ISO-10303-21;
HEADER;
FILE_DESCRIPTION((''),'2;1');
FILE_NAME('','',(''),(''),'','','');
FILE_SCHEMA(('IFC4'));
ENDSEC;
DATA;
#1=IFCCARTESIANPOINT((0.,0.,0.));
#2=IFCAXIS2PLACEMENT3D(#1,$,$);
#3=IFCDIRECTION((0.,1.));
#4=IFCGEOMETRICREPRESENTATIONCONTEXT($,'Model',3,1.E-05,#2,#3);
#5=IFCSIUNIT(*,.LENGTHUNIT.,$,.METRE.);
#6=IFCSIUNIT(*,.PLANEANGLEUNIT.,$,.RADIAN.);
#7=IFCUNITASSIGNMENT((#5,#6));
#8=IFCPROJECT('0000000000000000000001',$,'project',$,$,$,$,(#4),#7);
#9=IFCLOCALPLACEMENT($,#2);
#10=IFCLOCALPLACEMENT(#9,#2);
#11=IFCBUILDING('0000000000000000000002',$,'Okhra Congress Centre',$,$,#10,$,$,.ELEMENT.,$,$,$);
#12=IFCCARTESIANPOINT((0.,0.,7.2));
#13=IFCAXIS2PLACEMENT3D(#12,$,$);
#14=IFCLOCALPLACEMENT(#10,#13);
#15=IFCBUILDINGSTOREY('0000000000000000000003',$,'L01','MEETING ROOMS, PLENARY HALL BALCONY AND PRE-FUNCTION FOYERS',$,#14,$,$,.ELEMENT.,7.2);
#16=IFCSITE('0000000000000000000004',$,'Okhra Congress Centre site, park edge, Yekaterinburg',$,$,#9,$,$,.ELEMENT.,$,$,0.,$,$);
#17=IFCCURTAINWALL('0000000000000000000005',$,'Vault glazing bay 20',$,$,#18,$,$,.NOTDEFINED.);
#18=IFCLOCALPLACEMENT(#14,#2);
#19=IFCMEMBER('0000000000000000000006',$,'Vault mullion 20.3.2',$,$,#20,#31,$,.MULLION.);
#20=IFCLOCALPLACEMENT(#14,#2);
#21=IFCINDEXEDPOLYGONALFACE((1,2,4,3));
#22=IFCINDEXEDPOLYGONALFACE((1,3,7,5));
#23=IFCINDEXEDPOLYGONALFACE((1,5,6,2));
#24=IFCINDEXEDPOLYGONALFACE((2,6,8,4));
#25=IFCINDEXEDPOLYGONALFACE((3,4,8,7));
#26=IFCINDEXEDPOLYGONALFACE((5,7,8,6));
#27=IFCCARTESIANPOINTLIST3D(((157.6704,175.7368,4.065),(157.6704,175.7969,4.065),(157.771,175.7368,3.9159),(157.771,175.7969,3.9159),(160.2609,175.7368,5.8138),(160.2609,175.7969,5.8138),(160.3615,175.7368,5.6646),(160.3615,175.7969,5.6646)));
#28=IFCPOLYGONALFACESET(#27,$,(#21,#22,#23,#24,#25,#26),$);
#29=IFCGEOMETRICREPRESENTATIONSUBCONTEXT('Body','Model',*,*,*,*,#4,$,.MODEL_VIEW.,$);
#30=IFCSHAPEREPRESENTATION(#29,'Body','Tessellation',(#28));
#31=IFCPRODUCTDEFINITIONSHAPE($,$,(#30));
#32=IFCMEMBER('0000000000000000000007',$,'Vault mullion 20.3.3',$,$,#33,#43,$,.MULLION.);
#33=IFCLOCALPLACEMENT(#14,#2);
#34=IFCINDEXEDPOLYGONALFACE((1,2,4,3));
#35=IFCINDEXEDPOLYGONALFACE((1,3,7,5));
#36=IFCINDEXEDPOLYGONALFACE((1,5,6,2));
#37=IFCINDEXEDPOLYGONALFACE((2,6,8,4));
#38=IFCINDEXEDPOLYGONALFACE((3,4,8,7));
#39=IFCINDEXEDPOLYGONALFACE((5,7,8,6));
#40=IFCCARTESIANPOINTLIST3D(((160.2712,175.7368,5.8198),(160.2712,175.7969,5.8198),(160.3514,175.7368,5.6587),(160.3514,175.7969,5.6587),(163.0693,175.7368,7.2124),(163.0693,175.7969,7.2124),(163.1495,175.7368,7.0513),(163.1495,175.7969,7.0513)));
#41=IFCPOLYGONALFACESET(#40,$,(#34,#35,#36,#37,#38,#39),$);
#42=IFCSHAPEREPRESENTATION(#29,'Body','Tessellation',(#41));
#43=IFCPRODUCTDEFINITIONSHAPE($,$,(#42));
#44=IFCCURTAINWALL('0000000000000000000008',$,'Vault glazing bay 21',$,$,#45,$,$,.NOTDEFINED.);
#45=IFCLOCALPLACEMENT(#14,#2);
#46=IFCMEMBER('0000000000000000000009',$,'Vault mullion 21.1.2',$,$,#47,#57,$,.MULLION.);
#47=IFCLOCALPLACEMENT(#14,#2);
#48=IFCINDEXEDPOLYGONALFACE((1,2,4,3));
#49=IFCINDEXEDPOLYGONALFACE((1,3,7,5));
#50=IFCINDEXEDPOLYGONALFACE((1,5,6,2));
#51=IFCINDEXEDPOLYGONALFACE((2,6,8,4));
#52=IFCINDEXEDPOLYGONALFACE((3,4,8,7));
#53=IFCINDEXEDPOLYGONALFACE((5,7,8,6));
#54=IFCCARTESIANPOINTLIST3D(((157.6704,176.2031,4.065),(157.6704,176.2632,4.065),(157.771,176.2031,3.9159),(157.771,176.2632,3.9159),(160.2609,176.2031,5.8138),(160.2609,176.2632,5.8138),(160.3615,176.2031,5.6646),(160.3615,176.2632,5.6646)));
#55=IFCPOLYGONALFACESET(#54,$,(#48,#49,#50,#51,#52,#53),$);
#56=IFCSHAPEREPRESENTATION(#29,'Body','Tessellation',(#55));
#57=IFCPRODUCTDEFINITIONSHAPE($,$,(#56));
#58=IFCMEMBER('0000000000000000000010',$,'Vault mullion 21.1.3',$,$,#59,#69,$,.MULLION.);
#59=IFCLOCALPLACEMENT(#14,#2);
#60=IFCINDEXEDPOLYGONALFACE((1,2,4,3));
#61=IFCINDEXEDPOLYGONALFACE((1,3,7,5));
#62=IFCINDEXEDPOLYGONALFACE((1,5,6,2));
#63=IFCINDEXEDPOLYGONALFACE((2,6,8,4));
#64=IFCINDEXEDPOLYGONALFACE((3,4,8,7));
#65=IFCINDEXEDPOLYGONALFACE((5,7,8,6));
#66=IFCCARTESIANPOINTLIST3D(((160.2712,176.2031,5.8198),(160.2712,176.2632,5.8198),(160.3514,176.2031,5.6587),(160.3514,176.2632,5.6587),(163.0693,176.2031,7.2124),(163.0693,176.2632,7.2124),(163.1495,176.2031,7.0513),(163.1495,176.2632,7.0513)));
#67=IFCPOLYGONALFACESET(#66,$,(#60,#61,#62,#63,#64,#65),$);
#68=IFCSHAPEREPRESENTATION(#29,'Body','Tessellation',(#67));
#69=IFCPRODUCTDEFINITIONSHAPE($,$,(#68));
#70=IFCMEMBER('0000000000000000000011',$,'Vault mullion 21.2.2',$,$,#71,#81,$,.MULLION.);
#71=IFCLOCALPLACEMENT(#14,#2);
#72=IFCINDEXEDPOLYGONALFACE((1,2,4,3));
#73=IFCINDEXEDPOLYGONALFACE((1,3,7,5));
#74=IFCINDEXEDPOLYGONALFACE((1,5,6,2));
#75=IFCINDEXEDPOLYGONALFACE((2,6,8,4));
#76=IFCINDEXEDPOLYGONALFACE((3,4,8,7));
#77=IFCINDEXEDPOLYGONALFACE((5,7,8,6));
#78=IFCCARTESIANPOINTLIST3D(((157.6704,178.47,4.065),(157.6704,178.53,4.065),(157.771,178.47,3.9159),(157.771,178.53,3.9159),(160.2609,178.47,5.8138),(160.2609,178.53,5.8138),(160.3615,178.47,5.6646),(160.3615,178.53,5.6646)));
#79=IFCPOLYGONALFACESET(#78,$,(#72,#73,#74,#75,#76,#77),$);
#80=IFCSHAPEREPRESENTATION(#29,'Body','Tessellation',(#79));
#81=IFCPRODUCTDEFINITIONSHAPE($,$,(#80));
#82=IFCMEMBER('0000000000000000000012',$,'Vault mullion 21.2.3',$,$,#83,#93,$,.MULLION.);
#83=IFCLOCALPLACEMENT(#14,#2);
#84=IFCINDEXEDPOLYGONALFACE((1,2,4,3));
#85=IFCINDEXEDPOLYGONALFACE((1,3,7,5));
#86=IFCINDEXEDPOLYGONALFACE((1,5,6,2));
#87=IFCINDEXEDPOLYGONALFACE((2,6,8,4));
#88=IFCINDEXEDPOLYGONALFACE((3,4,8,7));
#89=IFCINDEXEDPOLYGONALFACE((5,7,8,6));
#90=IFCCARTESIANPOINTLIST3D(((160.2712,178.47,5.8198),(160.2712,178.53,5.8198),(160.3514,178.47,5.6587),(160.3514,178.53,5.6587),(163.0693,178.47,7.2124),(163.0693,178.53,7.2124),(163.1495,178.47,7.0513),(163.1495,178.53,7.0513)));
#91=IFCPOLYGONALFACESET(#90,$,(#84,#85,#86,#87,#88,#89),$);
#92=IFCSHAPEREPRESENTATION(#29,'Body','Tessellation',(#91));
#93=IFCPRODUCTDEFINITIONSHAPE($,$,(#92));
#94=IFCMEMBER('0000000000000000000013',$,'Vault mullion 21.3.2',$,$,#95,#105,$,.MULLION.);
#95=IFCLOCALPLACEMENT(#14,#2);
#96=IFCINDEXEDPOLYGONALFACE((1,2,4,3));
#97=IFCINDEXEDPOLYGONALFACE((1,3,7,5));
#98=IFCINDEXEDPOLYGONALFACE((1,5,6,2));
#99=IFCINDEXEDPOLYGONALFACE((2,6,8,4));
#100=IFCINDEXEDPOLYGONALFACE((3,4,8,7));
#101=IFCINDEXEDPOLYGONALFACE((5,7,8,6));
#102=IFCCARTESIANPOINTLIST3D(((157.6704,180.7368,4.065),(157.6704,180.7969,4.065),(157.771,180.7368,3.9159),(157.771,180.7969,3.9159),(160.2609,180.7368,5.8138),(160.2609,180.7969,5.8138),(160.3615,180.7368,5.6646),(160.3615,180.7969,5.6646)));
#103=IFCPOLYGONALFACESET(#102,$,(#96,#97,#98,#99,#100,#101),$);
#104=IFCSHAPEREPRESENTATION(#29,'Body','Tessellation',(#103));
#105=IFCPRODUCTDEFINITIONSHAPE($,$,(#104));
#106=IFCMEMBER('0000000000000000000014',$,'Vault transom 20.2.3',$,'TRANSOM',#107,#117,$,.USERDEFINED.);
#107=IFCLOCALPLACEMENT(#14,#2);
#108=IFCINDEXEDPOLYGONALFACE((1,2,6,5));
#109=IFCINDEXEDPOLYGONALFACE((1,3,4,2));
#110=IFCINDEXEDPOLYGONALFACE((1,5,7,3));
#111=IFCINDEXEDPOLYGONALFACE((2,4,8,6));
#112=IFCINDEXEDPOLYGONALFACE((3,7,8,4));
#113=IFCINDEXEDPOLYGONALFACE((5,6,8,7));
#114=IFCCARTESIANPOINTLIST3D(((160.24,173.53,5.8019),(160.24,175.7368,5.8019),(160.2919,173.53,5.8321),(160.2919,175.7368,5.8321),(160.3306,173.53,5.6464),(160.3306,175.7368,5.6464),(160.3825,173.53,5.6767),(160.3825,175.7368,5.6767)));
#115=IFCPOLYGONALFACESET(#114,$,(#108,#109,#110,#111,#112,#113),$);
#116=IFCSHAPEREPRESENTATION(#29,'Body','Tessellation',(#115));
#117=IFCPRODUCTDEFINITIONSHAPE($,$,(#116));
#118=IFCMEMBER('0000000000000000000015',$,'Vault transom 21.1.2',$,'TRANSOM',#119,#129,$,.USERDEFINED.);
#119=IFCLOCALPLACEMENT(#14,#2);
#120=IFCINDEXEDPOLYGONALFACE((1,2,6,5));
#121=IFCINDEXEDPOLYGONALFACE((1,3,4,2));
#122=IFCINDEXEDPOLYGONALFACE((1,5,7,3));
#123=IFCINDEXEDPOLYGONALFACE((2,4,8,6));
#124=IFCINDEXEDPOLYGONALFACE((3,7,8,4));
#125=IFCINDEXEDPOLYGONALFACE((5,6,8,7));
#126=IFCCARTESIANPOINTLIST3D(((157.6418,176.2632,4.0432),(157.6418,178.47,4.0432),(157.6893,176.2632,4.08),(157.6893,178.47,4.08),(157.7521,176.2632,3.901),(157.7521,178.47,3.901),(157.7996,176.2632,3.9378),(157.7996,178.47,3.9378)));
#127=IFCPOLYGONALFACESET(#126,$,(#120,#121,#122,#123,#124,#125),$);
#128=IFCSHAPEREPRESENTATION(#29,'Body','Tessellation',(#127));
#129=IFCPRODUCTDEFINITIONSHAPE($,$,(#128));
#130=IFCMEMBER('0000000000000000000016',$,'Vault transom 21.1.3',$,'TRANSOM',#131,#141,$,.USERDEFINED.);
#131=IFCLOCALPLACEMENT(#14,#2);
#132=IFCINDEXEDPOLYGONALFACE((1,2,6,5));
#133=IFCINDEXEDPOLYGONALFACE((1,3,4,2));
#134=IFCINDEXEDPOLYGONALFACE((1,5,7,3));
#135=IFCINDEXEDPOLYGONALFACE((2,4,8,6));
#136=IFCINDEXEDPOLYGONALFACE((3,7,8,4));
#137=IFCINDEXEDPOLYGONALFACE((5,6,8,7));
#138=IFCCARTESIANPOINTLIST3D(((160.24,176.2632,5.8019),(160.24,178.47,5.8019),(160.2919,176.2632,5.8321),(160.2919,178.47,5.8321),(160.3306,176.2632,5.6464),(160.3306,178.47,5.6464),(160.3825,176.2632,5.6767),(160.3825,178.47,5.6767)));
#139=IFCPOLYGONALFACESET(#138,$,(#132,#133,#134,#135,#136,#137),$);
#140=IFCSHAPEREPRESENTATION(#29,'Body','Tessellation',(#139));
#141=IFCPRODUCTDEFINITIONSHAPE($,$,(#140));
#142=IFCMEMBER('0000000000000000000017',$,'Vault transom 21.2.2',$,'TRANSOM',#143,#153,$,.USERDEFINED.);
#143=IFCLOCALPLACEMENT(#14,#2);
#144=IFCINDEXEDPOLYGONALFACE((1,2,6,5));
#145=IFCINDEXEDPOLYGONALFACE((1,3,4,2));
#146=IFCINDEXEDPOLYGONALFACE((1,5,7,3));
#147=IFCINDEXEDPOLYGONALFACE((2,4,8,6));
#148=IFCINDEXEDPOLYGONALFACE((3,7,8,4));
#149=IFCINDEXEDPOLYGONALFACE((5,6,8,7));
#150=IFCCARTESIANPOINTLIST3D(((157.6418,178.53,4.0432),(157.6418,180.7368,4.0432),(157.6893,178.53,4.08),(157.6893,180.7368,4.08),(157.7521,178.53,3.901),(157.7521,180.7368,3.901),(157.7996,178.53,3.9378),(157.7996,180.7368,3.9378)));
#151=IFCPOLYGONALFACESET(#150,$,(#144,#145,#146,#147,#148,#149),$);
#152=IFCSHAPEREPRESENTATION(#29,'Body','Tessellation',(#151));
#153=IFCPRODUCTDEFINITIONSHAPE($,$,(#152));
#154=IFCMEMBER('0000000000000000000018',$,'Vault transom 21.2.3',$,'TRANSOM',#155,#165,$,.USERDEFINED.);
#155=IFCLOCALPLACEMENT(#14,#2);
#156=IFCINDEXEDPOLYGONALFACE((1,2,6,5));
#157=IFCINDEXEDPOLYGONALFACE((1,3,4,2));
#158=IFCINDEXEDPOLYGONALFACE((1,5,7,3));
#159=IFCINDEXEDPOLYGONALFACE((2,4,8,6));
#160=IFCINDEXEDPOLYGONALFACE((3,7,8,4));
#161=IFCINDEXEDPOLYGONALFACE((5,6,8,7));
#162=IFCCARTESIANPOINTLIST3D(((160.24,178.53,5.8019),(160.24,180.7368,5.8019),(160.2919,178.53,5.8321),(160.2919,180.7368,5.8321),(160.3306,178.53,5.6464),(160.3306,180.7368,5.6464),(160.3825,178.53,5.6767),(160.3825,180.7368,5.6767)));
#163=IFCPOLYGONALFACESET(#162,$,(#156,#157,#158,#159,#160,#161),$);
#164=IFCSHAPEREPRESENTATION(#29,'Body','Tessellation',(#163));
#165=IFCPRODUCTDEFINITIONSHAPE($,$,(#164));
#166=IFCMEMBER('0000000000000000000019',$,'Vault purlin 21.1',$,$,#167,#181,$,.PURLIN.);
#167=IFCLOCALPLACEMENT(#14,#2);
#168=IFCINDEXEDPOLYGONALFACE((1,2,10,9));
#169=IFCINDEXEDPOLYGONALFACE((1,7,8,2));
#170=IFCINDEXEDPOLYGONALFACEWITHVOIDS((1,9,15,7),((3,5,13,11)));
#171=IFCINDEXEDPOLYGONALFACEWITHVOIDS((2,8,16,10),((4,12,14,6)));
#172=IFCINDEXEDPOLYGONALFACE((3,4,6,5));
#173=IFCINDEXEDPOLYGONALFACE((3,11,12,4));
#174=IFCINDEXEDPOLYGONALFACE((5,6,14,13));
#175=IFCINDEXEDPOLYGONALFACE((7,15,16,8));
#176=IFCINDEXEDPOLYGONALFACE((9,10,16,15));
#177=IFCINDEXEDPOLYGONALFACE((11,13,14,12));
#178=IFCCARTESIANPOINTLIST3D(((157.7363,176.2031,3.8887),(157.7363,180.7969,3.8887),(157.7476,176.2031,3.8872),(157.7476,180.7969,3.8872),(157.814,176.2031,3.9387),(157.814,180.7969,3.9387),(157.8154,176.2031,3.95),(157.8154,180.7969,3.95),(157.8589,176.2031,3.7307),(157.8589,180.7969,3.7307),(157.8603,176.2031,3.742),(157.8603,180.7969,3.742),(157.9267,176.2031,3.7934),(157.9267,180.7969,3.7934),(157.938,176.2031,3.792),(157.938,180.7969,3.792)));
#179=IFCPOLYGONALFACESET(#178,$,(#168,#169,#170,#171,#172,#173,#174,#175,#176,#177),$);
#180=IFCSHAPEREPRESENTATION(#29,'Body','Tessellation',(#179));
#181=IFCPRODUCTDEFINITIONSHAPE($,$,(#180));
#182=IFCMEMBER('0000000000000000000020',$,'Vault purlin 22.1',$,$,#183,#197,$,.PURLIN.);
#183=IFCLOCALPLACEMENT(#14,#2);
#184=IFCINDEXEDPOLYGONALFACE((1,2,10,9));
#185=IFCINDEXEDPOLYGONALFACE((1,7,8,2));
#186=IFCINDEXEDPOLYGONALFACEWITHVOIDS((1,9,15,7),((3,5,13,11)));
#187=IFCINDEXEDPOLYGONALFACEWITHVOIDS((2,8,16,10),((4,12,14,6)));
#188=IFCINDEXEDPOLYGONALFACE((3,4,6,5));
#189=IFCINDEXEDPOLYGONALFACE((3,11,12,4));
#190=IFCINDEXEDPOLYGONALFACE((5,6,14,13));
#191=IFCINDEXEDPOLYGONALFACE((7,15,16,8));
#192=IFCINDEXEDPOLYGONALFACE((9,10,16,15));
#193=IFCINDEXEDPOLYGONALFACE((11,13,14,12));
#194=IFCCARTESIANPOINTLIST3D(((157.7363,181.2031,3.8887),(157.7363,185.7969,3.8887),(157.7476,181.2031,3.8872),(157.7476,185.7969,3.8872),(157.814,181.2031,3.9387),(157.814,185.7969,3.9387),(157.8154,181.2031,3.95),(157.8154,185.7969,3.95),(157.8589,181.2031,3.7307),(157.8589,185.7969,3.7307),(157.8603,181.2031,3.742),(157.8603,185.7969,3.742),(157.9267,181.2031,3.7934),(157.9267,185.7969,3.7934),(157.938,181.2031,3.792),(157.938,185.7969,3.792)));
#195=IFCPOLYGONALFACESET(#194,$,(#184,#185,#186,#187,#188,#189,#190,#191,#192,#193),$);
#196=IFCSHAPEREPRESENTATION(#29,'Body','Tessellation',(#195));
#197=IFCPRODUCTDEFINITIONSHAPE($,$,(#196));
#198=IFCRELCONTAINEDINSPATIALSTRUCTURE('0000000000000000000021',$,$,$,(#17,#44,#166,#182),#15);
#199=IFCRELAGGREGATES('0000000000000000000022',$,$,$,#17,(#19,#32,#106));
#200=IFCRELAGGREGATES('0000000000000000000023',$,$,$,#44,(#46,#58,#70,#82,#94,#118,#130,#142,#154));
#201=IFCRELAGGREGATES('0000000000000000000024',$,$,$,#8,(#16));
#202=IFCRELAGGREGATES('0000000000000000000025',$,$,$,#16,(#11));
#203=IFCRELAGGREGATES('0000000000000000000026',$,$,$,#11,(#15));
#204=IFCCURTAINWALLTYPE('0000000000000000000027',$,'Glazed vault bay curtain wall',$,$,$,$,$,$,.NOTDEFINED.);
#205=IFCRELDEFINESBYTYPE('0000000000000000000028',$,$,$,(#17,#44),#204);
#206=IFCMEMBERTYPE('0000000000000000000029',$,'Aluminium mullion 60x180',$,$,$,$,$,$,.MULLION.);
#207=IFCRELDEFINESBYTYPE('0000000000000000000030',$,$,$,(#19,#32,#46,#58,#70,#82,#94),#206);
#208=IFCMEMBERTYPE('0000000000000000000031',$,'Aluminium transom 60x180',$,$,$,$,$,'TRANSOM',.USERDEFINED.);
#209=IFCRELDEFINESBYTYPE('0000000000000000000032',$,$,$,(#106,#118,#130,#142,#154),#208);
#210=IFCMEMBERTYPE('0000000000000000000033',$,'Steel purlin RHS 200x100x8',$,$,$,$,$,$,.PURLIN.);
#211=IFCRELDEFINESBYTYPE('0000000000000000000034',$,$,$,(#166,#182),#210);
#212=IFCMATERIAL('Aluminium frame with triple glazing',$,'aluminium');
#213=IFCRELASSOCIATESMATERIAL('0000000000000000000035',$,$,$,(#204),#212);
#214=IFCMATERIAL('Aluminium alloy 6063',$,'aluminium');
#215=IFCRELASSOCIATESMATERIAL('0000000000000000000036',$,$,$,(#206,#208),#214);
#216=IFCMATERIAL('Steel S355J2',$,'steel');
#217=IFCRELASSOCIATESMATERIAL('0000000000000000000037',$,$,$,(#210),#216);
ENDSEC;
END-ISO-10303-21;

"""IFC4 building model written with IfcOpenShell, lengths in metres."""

from ifc_helpers import new_model, si_unit, direction, frame, origin, origin_2d, place, context, subcontext, project, spatial, rectangle, hollow_rectangle, extrude, material, material_profile, profile_set, type_object, element, aggregate, save


model = new_model("IFC4")

# Units and contexts
model_context = context("Model", 3, precision=1e-05, world=origin(), true_north=direction((0.0, 1.0)))
body_context = subcontext(model_context, "Body", "Model", "MODEL_VIEW")
ifc_project = project(units=[si_unit("LENGTHUNIT", "METRE"), si_unit("PLANEANGLEUNIT", "RADIAN")], contexts=[model_context])

# Site, building, storey
site_placement = place(None, origin())
site = spatial("IfcSite", under=ifc_project, at=site_placement, Name="Okhra Congress Centre site, park edge, Yekaterinburg", CompositionType="ELEMENT", RefElevation=0.0)
building_placement = place(site_placement, origin())
building = spatial("IfcBuilding", under=site, at=building_placement, Name="Okhra Congress Centre", CompositionType="ELEMENT")
storey_placement = place(building_placement, frame((0.0, 0.0, 7.2)))
storey = spatial("IfcBuildingStorey", under=building, at=storey_placement, Name="L01", Description="MEETING ROOMS, PLENARY HALL BALCONY AND PRE-FUNCTION FOYERS", CompositionType="ELEMENT", Elevation=7.2)

# Curtain walls, members
ifc_material_1 = material(Name="Aluminium frame with triple glazing", Category="aluminium")
curtain_wall_type = type_object("IfcCurtainWallType", Name="Glazed vault bay curtain wall", PredefinedType="NOTDEFINED", material=ifc_material_1)
curtain_wall_1_placement = place(storey_placement, origin())
curtain_wall_1 = element("IfcCurtainWall", 1, at=curtain_wall_1_placement, inside=storey, type_object=curtain_wall_type, Name="Vault glazing bay 20", PredefinedType="NOTDEFINED")
ifc_material_2 = material(Name="Aluminium alloy 6063", Category="aluminium")
ifc_material_profile_1 = material_profile(ifc_material_2, rectangle(XDim=0.0601, YDim=0.1799, at=origin_2d()), Name="AL 60x180")
ifc_profile_set_1 = profile_set([ifc_material_profile_1], Name="Aluminium alloy 6063")
member_type_1 = type_object("IfcMemberType", Name="Aluminium mullion 60x180", PredefinedType="MULLION", material=ifc_profile_set_1)
member_1_placement = place(storey_placement, frame((157.7207, 175.7668, 3.9905), z_axis=(0.828828, 0.0, 0.559504), x_axis=(0.0, 1.0, 0.0)))
member_1 = element("IfcMember", 2, at=member_1_placement, type_object=member_type_1, Name="Vault mullion 20.3.2", PredefinedType="MULLION", context=body_context, shape_type="SweptSolid", body=[
    extrude(rectangle(XDim=0.0601, YDim=0.1799, at=origin_2d()), origin(), (0.0, 0.0, 1.0), 3.1255),
])
member_2_placement = place(storey_placement, frame((160.3113, 175.7668, 5.7393), z_axis=(0.895254, 0.0, 0.445557), x_axis=(0.0, 1.0, 0.0)))
member_2 = element("IfcMember", 3, at=member_2_placement, type_object=member_type_1, Name="Vault mullion 20.3.3", PredefinedType="MULLION", context=body_context, shape_type="SweptSolid", body=[
    extrude(rectangle(XDim=0.0601, YDim=0.1799, at=origin_2d()), origin(), (0.0, 0.0, 1.0), 3.1255),
])
curtain_wall_2_placement = place(storey_placement, origin())
curtain_wall_2 = element("IfcCurtainWall", 4, at=curtain_wall_2_placement, inside=storey, type_object=curtain_wall_type, Name="Vault glazing bay 21", PredefinedType="NOTDEFINED")
member_3_placement = place(storey_placement, frame((157.7207, 176.2332, 3.9905), z_axis=(0.828828, 0.0, 0.559504), x_axis=(0.0, 1.0, 0.0)))
member_3 = element("IfcMember", 5, at=member_3_placement, type_object=member_type_1, Name="Vault mullion 21.1.2", PredefinedType="MULLION", context=body_context, shape_type="SweptSolid", body=[
    extrude(rectangle(XDim=0.0601, YDim=0.1799, at=origin_2d()), origin(), (0.0, 0.0, 1.0), 3.1255),
])
member_4_placement = place(storey_placement, frame((160.3113, 176.2332, 5.7393), z_axis=(0.895254, 0.0, 0.445557), x_axis=(0.0, 1.0, 0.0)))
member_4 = element("IfcMember", 6, at=member_4_placement, type_object=member_type_1, Name="Vault mullion 21.1.3", PredefinedType="MULLION", context=body_context, shape_type="SweptSolid", body=[
    extrude(rectangle(XDim=0.0601, YDim=0.1799, at=origin_2d()), origin(), (0.0, 0.0, 1.0), 3.1255),
])
member_5_placement = place(storey_placement, frame((157.7207, 178.5, 3.9905), z_axis=(0.828828, 0.0, 0.559504), x_axis=(0.0, 1.0, 0.0)))
member_5 = element("IfcMember", 7, at=member_5_placement, type_object=member_type_1, Name="Vault mullion 21.2.2", PredefinedType="MULLION", context=body_context, shape_type="SweptSolid", body=[
    extrude(rectangle(XDim=0.0601, YDim=0.1799, at=origin_2d()), origin(), (0.0, 0.0, 1.0), 3.1255),
])
member_6_placement = place(storey_placement, frame((160.3113, 178.5, 5.7393), z_axis=(0.895254, 0.0, 0.445557), x_axis=(0.0, 1.0, 0.0)))
member_6 = element("IfcMember", 8, at=member_6_placement, type_object=member_type_1, Name="Vault mullion 21.2.3", PredefinedType="MULLION", context=body_context, shape_type="SweptSolid", body=[
    extrude(rectangle(XDim=0.0601, YDim=0.1799, at=origin_2d()), origin(), (0.0, 0.0, 1.0), 3.1255),
])
member_7_placement = place(storey_placement, frame((157.7207, 180.7668, 3.9905), z_axis=(0.828828, 0.0, 0.559504), x_axis=(0.0, 1.0, 0.0)))
member_7 = element("IfcMember", 9, at=member_7_placement, type_object=member_type_1, Name="Vault mullion 21.3.2", PredefinedType="MULLION", context=body_context, shape_type="SweptSolid", body=[
    extrude(rectangle(XDim=0.0601, YDim=0.1799, at=origin_2d()), origin(), (0.0, 0.0, 1.0), 3.1255),
])

# Members
ifc_material_profile_2 = material_profile(ifc_material_2, rectangle(XDim=0.0601, YDim=0.1799, at=origin_2d()), Name="AL 60x180 transom")
ifc_profile_set_2 = profile_set([ifc_material_profile_2], Name="Aluminium alloy 6063")
member_type_2 = type_object("IfcMemberType", Name="Aluminium transom 60x180", ElementType="TRANSOM", PredefinedType="USERDEFINED", material=ifc_profile_set_2)
member_8_placement = place(storey_placement, frame((160.3113, 173.53, 5.7393), z_axis=(0.0, 1.0, 0.0), x_axis=(-0.863917, 0.0, -0.503634)))
member_8 = element("IfcMember", 10, at=member_8_placement, type_object=member_type_2, Name="Vault transom 20.2.3", ObjectType="TRANSOM", PredefinedType="USERDEFINED", context=body_context, shape_type="SweptSolid", body=[
    extrude(rectangle(XDim=0.0601, YDim=0.1799, at=origin_2d()), origin(), (0.0, 0.0, 1.0), 2.2068),
])
aggregate(curtain_wall_1, [member_1, member_2, member_8])
member_9_placement = place(storey_placement, frame((157.7207, 176.2632, 3.9905), z_axis=(0.0, 1.0, 0.0), x_axis=(-0.790145, 0.0, -0.61292)))
member_9 = element("IfcMember", 11, at=member_9_placement, type_object=member_type_2, Name="Vault transom 21.1.2", ObjectType="TRANSOM", PredefinedType="USERDEFINED", context=body_context, shape_type="SweptSolid", body=[
    extrude(rectangle(XDim=0.0601, YDim=0.1799, at=origin_2d()), origin(), (0.0, 0.0, 1.0), 2.2068),
])
member_10_placement = place(storey_placement, frame((160.3113, 176.2632, 5.7393), z_axis=(0.0, 1.0, 0.0), x_axis=(-0.863917, 0.0, -0.503634)))
member_10 = element("IfcMember", 12, at=member_10_placement, type_object=member_type_2, Name="Vault transom 21.1.3", ObjectType="TRANSOM", PredefinedType="USERDEFINED", context=body_context, shape_type="SweptSolid", body=[
    extrude(rectangle(XDim=0.0601, YDim=0.1799, at=origin_2d()), origin(), (0.0, 0.0, 1.0), 2.2068),
])
member_11_placement = place(storey_placement, frame((157.7207, 178.53, 3.9905), z_axis=(0.0, 1.0, 0.0), x_axis=(-0.790145, 0.0, -0.61292)))
member_11 = element("IfcMember", 13, at=member_11_placement, type_object=member_type_2, Name="Vault transom 21.2.2", ObjectType="TRANSOM", PredefinedType="USERDEFINED", context=body_context, shape_type="SweptSolid", body=[
    extrude(rectangle(XDim=0.0601, YDim=0.1799, at=origin_2d()), origin(), (0.0, 0.0, 1.0), 2.2068),
])
member_12_placement = place(storey_placement, frame((160.3113, 178.53, 5.7393), z_axis=(0.0, 1.0, 0.0), x_axis=(-0.863917, 0.0, -0.503634)))
member_12 = element("IfcMember", 14, at=member_12_placement, type_object=member_type_2, Name="Vault transom 21.2.3", ObjectType="TRANSOM", PredefinedType="USERDEFINED", context=body_context, shape_type="SweptSolid", body=[
    extrude(rectangle(XDim=0.0601, YDim=0.1799, at=origin_2d()), origin(), (0.0, 0.0, 1.0), 2.2068),
])

# Members
ifc_material_3 = material(Name="Steel S355J2", Category="steel")
ifc_material_profile_3 = material_profile(ifc_material_3, hollow_rectangle(XDim=0.1001, YDim=0.2, WallThickness=0.0081, at=origin_2d()), Name="RHS 200x100x8")
ifc_profile_set_3 = profile_set([ifc_material_profile_3], Name="Steel S355J2")
member_type_3 = type_object("IfcMemberType", Name="Steel purlin RHS 200x100x8", PredefinedType="PURLIN", material=ifc_profile_set_3)
for number, where, z_axis, x_axis, name in (
    (15, (157.8372, 176.2031, 3.8403), (0.0, 1.0, 0.0), (-0.790145, 0.0, -0.61292), "Vault purlin 21.1"),
    (16, (157.8372, 181.2031, 3.8403), (0.0, 1.0, 0.0), (-0.790145, 0.0, -0.61292), "Vault purlin 22.1"),
):
    element("IfcMember", number, at=place(storey_placement, frame(where, z_axis=z_axis, x_axis=x_axis)), inside=storey, type_object=member_type_3, Name=name, PredefinedType="PURLIN", context=body_context, shape_type="SweptSolid", body=[
        extrude(hollow_rectangle(XDim=0.1001, YDim=0.2, WallThickness=0.0081, at=origin_2d()), origin(), (0.0, 0.0, 1.0), 4.5938),
    ])

aggregate(curtain_wall_2, [member_3, member_4, member_5, member_6, member_7, member_9, member_10, member_11, member_12])

save(model, "model.ifc")
